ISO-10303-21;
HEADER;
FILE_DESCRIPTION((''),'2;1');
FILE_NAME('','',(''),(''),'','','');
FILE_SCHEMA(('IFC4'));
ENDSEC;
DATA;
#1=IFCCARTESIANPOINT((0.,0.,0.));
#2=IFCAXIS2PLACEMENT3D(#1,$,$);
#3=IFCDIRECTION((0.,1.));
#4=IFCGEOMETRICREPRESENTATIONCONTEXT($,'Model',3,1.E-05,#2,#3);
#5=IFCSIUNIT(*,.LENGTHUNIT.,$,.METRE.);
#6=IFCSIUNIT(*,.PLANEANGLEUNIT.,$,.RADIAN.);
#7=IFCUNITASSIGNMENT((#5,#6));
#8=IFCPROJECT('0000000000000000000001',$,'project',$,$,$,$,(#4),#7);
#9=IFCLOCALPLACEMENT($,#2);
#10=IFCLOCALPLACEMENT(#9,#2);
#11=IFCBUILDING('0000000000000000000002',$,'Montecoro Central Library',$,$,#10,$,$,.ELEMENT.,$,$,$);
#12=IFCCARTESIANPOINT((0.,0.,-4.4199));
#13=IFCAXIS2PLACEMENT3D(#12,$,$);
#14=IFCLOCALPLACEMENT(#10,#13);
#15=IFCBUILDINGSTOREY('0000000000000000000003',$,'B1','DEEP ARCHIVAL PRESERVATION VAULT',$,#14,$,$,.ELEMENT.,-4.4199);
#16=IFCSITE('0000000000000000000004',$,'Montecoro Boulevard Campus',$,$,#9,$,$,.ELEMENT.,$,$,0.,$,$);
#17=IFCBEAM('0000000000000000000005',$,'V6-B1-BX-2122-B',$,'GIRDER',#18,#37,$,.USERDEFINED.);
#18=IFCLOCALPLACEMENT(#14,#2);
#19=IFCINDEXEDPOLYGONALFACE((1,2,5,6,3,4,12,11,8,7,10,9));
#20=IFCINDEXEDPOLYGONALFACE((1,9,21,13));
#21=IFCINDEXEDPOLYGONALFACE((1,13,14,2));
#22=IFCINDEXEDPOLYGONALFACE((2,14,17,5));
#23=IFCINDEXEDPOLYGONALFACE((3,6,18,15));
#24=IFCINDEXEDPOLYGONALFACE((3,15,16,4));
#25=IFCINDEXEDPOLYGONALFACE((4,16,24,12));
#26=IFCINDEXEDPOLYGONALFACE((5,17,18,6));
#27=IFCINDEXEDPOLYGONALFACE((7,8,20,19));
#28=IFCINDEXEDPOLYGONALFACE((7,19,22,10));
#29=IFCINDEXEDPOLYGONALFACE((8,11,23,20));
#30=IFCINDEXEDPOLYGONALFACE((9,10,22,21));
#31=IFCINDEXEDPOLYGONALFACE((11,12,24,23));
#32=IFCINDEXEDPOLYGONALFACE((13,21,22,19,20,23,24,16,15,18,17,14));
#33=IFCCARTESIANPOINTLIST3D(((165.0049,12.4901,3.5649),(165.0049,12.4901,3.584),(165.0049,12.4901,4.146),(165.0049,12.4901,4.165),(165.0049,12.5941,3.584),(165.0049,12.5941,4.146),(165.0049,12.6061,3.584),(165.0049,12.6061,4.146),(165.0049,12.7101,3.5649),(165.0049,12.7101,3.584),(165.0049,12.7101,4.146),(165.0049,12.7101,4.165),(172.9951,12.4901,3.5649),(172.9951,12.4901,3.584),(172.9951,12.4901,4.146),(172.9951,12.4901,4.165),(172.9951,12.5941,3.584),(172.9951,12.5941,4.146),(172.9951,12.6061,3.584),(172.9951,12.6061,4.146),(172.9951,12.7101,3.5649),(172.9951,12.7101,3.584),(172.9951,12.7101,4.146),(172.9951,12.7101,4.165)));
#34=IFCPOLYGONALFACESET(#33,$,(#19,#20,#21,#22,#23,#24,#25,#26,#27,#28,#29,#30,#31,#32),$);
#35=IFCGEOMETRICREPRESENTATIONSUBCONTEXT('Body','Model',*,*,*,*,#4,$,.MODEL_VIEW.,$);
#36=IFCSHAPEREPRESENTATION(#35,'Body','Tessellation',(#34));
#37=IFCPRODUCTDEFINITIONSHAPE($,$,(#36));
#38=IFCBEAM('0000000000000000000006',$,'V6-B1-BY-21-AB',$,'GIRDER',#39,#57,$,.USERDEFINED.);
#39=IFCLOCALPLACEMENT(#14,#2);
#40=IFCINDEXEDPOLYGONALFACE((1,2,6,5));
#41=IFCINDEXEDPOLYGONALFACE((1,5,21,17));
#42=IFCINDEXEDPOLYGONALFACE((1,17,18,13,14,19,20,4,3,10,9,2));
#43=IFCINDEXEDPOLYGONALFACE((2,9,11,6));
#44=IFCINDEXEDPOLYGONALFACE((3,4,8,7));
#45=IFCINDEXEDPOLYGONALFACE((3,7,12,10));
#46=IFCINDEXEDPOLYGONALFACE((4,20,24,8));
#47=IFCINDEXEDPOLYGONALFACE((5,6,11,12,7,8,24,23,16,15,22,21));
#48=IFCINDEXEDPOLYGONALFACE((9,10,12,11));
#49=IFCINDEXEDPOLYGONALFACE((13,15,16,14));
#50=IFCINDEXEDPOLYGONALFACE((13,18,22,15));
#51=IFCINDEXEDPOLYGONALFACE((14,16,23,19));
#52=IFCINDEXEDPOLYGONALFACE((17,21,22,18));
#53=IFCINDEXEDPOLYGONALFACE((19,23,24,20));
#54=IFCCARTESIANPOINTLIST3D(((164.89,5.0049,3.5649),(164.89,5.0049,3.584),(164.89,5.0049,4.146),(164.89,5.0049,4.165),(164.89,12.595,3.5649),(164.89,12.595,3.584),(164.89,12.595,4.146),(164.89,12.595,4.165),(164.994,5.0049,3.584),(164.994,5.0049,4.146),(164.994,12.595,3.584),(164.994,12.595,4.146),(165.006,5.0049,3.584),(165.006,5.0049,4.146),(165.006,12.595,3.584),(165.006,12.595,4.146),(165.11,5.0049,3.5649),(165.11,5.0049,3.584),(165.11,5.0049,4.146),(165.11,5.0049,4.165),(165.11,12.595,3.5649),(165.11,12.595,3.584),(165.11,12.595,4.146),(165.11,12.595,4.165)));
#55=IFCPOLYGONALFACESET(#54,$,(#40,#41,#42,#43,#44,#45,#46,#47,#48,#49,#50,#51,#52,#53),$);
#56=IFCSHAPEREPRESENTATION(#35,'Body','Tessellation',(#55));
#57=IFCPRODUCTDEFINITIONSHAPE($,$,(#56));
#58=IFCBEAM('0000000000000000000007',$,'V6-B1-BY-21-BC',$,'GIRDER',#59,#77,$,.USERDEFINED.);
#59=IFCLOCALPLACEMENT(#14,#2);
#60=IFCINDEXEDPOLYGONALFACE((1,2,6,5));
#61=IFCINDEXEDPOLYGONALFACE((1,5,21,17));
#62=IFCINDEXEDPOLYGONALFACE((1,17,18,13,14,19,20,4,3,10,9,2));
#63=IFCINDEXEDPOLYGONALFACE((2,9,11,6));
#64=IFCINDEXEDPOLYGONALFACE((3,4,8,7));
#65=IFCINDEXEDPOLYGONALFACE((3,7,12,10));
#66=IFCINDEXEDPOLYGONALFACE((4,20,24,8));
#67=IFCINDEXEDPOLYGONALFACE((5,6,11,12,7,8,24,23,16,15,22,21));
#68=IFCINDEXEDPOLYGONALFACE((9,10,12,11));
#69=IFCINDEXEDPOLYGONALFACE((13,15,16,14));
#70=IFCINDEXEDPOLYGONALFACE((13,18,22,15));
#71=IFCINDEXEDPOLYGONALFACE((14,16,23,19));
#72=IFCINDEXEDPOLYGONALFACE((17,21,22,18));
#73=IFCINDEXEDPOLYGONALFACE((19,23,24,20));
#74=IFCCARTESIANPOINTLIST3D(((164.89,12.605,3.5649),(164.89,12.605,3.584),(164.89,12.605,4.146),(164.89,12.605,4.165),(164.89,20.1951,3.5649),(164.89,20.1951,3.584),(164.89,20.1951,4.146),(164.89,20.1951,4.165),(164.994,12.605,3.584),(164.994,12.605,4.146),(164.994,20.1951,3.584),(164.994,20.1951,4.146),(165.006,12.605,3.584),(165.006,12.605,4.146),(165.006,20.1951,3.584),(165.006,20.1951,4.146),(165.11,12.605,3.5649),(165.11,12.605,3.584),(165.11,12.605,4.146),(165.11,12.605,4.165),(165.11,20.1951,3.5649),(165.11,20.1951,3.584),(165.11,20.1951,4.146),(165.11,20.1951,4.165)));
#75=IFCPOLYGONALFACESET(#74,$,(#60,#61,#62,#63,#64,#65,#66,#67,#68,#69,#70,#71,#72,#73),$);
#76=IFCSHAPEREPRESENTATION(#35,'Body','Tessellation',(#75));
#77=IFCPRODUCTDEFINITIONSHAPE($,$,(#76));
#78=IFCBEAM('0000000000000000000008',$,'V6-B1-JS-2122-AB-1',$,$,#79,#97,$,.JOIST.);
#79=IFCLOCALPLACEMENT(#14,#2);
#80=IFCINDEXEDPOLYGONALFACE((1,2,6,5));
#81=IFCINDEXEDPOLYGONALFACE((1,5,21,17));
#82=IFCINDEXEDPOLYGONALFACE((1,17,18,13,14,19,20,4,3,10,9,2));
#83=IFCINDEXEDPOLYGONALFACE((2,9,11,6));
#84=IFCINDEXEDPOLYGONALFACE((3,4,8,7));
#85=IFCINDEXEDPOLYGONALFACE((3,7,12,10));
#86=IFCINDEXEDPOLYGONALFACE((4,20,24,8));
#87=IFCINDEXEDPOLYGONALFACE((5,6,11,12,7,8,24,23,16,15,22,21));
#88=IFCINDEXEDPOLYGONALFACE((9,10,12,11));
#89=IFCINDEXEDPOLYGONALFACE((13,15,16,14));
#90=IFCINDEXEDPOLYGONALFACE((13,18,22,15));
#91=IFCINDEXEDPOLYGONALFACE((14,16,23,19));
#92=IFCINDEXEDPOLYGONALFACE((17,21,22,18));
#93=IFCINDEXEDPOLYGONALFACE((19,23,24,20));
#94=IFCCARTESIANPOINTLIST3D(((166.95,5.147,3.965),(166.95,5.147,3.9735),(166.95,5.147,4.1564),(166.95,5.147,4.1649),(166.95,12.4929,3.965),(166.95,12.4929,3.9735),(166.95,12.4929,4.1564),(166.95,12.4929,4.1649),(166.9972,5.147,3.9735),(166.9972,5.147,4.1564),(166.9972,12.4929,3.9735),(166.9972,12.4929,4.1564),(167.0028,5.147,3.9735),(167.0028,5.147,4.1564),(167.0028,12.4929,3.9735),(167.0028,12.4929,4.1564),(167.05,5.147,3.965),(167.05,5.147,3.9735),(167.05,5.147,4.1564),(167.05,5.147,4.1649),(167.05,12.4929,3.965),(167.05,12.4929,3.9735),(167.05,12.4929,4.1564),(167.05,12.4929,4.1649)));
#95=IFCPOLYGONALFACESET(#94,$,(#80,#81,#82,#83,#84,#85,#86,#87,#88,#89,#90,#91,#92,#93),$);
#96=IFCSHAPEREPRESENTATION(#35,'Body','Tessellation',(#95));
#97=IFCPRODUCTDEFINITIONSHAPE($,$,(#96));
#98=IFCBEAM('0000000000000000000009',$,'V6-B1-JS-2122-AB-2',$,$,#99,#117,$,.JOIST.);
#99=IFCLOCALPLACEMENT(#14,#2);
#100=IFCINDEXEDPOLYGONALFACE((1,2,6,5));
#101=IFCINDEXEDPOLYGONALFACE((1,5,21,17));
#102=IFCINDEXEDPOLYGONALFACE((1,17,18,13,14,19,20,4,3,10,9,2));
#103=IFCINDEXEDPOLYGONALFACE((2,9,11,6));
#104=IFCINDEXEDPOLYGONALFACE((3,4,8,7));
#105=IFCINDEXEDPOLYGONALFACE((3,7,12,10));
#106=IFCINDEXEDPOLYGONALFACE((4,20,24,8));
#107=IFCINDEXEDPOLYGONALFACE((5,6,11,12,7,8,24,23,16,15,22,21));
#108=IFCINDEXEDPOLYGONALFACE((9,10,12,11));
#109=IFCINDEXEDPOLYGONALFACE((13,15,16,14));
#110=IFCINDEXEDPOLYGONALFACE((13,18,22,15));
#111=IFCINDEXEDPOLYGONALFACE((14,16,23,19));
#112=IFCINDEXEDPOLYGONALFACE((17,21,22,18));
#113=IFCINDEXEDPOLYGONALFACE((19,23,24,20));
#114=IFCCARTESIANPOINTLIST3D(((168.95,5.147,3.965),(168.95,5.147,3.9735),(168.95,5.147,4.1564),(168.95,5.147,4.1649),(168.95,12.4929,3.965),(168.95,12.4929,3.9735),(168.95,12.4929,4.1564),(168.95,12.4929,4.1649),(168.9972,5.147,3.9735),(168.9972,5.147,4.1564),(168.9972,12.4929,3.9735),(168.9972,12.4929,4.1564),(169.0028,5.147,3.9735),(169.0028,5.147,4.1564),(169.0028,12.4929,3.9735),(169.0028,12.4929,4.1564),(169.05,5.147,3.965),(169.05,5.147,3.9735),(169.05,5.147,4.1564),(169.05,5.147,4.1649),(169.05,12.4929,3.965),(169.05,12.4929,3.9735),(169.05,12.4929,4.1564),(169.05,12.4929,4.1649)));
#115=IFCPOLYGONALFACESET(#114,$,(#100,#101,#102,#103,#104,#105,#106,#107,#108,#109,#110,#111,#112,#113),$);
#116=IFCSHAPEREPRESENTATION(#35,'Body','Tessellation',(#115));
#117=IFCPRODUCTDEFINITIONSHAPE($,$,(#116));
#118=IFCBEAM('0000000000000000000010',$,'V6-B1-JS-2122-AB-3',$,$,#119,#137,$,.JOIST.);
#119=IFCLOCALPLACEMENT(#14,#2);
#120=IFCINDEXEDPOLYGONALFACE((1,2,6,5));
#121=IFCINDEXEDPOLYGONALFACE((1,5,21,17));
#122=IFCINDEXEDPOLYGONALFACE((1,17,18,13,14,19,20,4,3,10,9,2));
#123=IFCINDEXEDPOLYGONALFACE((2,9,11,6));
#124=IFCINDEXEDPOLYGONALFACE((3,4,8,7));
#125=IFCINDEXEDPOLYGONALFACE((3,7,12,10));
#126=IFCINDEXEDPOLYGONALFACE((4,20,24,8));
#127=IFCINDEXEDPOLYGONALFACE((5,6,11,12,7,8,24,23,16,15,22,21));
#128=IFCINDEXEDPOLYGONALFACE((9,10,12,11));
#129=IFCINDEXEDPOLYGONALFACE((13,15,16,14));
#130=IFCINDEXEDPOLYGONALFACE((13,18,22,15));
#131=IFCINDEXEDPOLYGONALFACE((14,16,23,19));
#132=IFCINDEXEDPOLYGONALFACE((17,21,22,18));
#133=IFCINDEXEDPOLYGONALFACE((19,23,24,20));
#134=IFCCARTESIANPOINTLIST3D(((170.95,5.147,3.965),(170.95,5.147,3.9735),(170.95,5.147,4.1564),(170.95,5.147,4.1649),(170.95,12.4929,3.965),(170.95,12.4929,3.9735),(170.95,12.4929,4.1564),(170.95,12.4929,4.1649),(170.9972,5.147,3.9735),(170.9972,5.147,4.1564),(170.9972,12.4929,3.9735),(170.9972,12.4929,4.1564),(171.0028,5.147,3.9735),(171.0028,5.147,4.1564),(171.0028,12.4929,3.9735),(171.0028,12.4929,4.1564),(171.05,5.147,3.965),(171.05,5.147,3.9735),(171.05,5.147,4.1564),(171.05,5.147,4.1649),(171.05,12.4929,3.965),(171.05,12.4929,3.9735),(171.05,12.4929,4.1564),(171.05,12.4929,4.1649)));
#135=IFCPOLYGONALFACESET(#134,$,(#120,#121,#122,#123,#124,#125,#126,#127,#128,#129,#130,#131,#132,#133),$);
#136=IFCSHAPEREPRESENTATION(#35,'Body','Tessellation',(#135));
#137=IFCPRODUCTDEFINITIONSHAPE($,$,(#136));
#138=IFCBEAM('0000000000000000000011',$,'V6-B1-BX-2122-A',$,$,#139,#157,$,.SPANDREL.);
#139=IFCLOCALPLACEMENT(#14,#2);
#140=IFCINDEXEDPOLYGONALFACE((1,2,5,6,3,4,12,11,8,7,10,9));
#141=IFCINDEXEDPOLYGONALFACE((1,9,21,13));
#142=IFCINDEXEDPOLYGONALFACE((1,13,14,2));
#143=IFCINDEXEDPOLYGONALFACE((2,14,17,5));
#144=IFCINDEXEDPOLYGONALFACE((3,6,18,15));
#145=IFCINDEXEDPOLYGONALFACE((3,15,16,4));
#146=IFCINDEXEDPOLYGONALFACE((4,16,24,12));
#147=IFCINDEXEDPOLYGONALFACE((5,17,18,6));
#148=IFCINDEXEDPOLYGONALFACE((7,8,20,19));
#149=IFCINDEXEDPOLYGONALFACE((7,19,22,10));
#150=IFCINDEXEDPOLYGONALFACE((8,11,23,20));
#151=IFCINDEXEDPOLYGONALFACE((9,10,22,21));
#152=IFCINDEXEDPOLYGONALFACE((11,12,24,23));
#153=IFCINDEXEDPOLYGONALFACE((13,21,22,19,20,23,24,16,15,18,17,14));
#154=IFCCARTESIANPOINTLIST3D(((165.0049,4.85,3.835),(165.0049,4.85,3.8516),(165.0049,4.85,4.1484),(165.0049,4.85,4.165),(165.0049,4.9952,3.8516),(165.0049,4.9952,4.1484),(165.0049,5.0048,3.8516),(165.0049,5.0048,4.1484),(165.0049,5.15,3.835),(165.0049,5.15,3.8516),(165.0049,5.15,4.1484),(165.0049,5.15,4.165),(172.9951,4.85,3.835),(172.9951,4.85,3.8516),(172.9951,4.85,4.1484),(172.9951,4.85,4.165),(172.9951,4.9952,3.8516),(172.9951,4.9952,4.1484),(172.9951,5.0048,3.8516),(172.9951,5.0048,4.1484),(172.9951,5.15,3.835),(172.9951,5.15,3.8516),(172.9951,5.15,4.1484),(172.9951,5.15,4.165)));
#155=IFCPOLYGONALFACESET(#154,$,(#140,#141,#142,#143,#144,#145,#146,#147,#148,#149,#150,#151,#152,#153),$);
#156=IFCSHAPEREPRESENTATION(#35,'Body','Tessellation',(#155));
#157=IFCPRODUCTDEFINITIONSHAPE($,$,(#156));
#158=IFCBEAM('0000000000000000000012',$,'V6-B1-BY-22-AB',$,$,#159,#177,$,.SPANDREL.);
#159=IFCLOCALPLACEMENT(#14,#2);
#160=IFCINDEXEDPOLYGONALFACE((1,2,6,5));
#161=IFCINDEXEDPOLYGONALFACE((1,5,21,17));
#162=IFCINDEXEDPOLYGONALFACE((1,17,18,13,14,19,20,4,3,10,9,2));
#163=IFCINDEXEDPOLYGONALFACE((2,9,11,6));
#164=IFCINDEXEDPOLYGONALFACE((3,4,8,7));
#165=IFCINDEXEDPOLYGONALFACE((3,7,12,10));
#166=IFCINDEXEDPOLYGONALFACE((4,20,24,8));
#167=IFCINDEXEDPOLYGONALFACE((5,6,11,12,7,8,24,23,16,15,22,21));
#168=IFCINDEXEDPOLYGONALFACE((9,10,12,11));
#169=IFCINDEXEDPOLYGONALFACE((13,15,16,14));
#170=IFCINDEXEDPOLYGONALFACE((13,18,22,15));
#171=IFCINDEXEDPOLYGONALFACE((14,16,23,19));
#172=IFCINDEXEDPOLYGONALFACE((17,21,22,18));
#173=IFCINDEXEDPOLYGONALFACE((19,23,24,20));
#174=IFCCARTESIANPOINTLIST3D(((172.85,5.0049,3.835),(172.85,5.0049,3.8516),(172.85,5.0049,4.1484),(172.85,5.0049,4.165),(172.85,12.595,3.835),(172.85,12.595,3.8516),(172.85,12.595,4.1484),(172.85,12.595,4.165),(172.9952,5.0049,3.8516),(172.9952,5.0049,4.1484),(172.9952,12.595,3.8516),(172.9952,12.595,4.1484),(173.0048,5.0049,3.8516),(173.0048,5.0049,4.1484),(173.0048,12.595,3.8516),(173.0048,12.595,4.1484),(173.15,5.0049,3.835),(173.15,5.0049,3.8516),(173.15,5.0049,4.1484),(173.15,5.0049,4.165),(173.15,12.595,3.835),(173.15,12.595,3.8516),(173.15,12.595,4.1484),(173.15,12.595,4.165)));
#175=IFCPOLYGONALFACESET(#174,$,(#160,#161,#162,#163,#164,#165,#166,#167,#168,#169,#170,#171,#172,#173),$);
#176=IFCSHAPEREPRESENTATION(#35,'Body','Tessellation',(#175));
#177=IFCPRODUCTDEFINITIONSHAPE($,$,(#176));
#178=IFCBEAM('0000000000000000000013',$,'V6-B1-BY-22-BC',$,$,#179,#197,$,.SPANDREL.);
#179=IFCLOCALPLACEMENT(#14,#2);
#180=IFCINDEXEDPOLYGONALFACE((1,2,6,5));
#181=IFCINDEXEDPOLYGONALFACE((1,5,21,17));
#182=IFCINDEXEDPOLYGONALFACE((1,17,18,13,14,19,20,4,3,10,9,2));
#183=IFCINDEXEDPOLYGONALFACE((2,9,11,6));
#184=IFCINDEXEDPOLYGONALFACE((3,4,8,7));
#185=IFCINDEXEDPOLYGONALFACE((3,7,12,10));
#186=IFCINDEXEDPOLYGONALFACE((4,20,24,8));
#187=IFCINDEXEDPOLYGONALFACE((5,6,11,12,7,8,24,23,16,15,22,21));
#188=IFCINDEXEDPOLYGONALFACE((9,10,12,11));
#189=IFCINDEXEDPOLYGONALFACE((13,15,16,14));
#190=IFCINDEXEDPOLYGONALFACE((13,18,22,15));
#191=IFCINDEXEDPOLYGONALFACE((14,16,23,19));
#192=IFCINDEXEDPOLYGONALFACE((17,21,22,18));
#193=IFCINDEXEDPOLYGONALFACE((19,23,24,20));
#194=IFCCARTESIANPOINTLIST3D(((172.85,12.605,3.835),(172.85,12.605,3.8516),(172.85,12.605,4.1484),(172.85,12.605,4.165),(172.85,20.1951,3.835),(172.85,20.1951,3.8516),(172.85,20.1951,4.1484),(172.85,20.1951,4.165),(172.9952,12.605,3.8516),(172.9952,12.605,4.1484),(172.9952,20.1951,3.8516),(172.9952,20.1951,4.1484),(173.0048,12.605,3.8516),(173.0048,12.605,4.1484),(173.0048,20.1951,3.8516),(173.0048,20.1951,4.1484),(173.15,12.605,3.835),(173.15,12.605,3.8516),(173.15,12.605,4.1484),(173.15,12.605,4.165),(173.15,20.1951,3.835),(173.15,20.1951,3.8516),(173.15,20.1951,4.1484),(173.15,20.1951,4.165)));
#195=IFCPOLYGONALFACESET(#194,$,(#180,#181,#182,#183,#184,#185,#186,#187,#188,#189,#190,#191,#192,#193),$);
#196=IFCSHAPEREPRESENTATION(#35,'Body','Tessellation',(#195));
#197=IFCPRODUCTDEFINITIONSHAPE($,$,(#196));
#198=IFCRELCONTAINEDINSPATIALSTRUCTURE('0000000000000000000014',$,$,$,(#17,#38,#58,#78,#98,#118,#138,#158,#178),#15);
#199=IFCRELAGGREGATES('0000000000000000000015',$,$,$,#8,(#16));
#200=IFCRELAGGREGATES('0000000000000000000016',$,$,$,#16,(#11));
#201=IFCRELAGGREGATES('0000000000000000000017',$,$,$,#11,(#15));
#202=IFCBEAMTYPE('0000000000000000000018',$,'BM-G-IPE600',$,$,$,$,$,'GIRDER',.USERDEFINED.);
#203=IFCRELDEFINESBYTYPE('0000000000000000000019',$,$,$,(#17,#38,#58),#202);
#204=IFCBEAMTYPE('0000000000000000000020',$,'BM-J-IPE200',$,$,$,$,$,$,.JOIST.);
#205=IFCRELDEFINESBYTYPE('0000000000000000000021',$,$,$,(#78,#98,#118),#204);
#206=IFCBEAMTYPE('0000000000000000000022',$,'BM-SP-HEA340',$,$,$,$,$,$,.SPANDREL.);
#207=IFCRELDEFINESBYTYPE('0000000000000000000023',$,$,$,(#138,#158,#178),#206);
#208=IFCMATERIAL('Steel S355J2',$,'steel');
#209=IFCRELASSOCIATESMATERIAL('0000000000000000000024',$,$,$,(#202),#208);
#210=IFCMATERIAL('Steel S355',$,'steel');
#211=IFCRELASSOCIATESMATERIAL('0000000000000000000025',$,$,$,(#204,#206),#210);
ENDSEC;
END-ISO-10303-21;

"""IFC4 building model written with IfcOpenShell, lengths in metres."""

from ifc_helpers import new_model, si_unit, direction, frame, origin, origin_2d, place, context, subcontext, project, spatial, i_section, extrude, material, material_profile, profile_set, type_object, element, save


model = new_model("IFC4")

# Units and contexts
model_context = context("Model", 3, precision=1e-05, world=origin(), true_north=direction((0.0, 1.0)))
body_context = subcontext(model_context, "Body", "Model", "MODEL_VIEW")
ifc_project = project(units=[si_unit("LENGTHUNIT", "METRE"), si_unit("PLANEANGLEUNIT", "RADIAN")], contexts=[model_context])

# Site, building, storey
site_placement = place(None, origin())
site = spatial("IfcSite", under=ifc_project, at=site_placement, Name="Montecoro Boulevard Campus", CompositionType="ELEMENT", RefElevation=0.0)
building_placement = place(site_placement, origin())
building = spatial("IfcBuilding", under=site, at=building_placement, Name="Montecoro Central Library", CompositionType="ELEMENT")
storey_placement = place(building_placement, frame((0.0, 0.0, -4.4199)))
storey = spatial("IfcBuildingStorey", under=building, at=storey_placement, Name="B1", Description="DEEP ARCHIVAL PRESERVATION VAULT", CompositionType="ELEMENT", Elevation=-4.4199)

# Shared definitions
ifc_material_1 = material(Name="Steel S355J2", Category="steel")

# Beams
ifc_material_profile_1 = material_profile(ifc_material_1, i_section(OverallWidth=0.22, OverallDepth=0.6001, WebThickness=0.012, FlangeThickness=0.019, at=origin_2d()), Name="IPE 600")
ifc_profile_set_1 = profile_set([ifc_material_profile_1], Name="Steel S355J2")
beam_type_1 = type_object("IfcBeamType", Name="BM-G-IPE600", ElementType="GIRDER", PredefinedType="USERDEFINED", material=ifc_profile_set_1)
beam_1_placement = place(storey_placement, frame((165.0049, 12.6001, 3.865), z_axis=(1.0, 0.0, 0.0), x_axis=(0.0, 1.0, 0.0)))
element("IfcBeam", 1, at=beam_1_placement, inside=storey, type_object=beam_type_1, Name="V6-B1-BX-2122-B", ObjectType="GIRDER", PredefinedType="USERDEFINED", context=body_context, shape_type="SweptSolid", body=[
    extrude(i_section(OverallWidth=0.22, OverallDepth=0.6001, WebThickness=0.012, FlangeThickness=0.019, at=origin_2d()), origin(), (0.0, 0.0, 1.0), 7.9902),
])
for number, where, z_axis, x_axis, name in (
    (2, (165.0, 5.0049, 3.865), (0.0, 1.0, 0.0), (-1.0, 0.0, 0.0), "V6-B1-BY-21-AB"),
    (3, (165.0, 12.605, 3.865), (0.0, 1.0, 0.0), (-1.0, 0.0, 0.0), "V6-B1-BY-21-BC"),
):
    element("IfcBeam", number, at=place(storey_placement, frame(where, z_axis=z_axis, x_axis=x_axis)), inside=storey, type_object=beam_type_1, Name=name, ObjectType="GIRDER", PredefinedType="USERDEFINED", context=body_context, shape_type="SweptSolid", body=[
        extrude(i_section(OverallWidth=0.22, OverallDepth=0.6001, WebThickness=0.012, FlangeThickness=0.019, at=origin_2d()), origin(), (0.0, 0.0, 1.0), 7.5901),
    ])
ifc_material_2 = material(Name="Steel S355", Category="steel")
ifc_material_profile_2 = material_profile(ifc_material_2, i_section(OverallWidth=0.1001, OverallDepth=0.2, WebThickness=0.0056, FlangeThickness=0.0085, at=origin_2d()), Name="IPE 200")
ifc_profile_set_2 = profile_set([ifc_material_profile_2], Name="Steel S355")
beam_type_2 = type_object("IfcBeamType", Name="BM-J-IPE200", PredefinedType="JOIST", material=ifc_profile_set_2)
for number, where, z_axis, x_axis, name in (
    (4, (167.0, 5.147, 4.0649), (0.0, 1.0, 0.0), (-1.0, 0.0, 0.0), "V6-B1-JS-2122-AB-1"),
    (5, (169.0, 5.147, 4.0649), (0.0, 1.0, 0.0), (-1.0, 0.0, 0.0), "V6-B1-JS-2122-AB-2"),
    (6, (171.0, 5.147, 4.0649), (0.0, 1.0, 0.0), (-1.0, 0.0, 0.0), "V6-B1-JS-2122-AB-3"),
):
    element("IfcBeam", number, at=place(storey_placement, frame(where, z_axis=z_axis, x_axis=x_axis)), inside=storey, type_object=beam_type_2, Name=name, PredefinedType="JOIST", context=body_context, shape_type="SweptSolid", body=[
        extrude(i_section(OverallWidth=0.1001, OverallDepth=0.2, WebThickness=0.0056, FlangeThickness=0.0085, at=origin_2d()), origin(), (0.0, 0.0, 1.0), 7.3459),
    ])
ifc_material_profile_3 = material_profile(ifc_material_2, i_section(OverallWidth=0.3, OverallDepth=0.3301, WebThickness=0.0095, FlangeThickness=0.0166, at=origin_2d()), Name="HEA 340")
ifc_profile_set_3 = profile_set([ifc_material_profile_3], Name="Steel S355")
beam_type_3 = type_object("IfcBeamType", Name="BM-SP-HEA340", PredefinedType="SPANDREL", material=ifc_profile_set_3)
beam_2_placement = place(storey_placement, frame((165.0049, 5.0, 4.0), z_axis=(1.0, 0.0, 0.0), x_axis=(0.0, 1.0, 0.0)))
element("IfcBeam", 7, at=beam_2_placement, inside=storey, type_object=beam_type_3, Name="V6-B1-BX-2122-A", PredefinedType="SPANDREL", context=body_context, shape_type="SweptSolid", body=[
    extrude(i_section(OverallWidth=0.3, OverallDepth=0.3301, WebThickness=0.0095, FlangeThickness=0.0166, at=origin_2d()), origin(), (0.0, 0.0, 1.0), 7.9902),
])
for number, where, z_axis, x_axis, name in (
    (8, (173.0, 5.0049, 4.0), (0.0, 1.0, 0.0), (-1.0, 0.0, 0.0), "V6-B1-BY-22-AB"),
    (9, (173.0, 12.605, 4.0), (0.0, 1.0, 0.0), (-1.0, 0.0, 0.0), "V6-B1-BY-22-BC"),
):
    element("IfcBeam", number, at=place(storey_placement, frame(where, z_axis=z_axis, x_axis=x_axis)), inside=storey, type_object=beam_type_3, Name=name, PredefinedType="SPANDREL", context=body_context, shape_type="SweptSolid", body=[
        extrude(i_section(OverallWidth=0.3, OverallDepth=0.3301, WebThickness=0.0095, FlangeThickness=0.0166, at=origin_2d()), origin(), (0.0, 0.0, 1.0), 7.5901),
    ])

save(model, "model.ifc")
